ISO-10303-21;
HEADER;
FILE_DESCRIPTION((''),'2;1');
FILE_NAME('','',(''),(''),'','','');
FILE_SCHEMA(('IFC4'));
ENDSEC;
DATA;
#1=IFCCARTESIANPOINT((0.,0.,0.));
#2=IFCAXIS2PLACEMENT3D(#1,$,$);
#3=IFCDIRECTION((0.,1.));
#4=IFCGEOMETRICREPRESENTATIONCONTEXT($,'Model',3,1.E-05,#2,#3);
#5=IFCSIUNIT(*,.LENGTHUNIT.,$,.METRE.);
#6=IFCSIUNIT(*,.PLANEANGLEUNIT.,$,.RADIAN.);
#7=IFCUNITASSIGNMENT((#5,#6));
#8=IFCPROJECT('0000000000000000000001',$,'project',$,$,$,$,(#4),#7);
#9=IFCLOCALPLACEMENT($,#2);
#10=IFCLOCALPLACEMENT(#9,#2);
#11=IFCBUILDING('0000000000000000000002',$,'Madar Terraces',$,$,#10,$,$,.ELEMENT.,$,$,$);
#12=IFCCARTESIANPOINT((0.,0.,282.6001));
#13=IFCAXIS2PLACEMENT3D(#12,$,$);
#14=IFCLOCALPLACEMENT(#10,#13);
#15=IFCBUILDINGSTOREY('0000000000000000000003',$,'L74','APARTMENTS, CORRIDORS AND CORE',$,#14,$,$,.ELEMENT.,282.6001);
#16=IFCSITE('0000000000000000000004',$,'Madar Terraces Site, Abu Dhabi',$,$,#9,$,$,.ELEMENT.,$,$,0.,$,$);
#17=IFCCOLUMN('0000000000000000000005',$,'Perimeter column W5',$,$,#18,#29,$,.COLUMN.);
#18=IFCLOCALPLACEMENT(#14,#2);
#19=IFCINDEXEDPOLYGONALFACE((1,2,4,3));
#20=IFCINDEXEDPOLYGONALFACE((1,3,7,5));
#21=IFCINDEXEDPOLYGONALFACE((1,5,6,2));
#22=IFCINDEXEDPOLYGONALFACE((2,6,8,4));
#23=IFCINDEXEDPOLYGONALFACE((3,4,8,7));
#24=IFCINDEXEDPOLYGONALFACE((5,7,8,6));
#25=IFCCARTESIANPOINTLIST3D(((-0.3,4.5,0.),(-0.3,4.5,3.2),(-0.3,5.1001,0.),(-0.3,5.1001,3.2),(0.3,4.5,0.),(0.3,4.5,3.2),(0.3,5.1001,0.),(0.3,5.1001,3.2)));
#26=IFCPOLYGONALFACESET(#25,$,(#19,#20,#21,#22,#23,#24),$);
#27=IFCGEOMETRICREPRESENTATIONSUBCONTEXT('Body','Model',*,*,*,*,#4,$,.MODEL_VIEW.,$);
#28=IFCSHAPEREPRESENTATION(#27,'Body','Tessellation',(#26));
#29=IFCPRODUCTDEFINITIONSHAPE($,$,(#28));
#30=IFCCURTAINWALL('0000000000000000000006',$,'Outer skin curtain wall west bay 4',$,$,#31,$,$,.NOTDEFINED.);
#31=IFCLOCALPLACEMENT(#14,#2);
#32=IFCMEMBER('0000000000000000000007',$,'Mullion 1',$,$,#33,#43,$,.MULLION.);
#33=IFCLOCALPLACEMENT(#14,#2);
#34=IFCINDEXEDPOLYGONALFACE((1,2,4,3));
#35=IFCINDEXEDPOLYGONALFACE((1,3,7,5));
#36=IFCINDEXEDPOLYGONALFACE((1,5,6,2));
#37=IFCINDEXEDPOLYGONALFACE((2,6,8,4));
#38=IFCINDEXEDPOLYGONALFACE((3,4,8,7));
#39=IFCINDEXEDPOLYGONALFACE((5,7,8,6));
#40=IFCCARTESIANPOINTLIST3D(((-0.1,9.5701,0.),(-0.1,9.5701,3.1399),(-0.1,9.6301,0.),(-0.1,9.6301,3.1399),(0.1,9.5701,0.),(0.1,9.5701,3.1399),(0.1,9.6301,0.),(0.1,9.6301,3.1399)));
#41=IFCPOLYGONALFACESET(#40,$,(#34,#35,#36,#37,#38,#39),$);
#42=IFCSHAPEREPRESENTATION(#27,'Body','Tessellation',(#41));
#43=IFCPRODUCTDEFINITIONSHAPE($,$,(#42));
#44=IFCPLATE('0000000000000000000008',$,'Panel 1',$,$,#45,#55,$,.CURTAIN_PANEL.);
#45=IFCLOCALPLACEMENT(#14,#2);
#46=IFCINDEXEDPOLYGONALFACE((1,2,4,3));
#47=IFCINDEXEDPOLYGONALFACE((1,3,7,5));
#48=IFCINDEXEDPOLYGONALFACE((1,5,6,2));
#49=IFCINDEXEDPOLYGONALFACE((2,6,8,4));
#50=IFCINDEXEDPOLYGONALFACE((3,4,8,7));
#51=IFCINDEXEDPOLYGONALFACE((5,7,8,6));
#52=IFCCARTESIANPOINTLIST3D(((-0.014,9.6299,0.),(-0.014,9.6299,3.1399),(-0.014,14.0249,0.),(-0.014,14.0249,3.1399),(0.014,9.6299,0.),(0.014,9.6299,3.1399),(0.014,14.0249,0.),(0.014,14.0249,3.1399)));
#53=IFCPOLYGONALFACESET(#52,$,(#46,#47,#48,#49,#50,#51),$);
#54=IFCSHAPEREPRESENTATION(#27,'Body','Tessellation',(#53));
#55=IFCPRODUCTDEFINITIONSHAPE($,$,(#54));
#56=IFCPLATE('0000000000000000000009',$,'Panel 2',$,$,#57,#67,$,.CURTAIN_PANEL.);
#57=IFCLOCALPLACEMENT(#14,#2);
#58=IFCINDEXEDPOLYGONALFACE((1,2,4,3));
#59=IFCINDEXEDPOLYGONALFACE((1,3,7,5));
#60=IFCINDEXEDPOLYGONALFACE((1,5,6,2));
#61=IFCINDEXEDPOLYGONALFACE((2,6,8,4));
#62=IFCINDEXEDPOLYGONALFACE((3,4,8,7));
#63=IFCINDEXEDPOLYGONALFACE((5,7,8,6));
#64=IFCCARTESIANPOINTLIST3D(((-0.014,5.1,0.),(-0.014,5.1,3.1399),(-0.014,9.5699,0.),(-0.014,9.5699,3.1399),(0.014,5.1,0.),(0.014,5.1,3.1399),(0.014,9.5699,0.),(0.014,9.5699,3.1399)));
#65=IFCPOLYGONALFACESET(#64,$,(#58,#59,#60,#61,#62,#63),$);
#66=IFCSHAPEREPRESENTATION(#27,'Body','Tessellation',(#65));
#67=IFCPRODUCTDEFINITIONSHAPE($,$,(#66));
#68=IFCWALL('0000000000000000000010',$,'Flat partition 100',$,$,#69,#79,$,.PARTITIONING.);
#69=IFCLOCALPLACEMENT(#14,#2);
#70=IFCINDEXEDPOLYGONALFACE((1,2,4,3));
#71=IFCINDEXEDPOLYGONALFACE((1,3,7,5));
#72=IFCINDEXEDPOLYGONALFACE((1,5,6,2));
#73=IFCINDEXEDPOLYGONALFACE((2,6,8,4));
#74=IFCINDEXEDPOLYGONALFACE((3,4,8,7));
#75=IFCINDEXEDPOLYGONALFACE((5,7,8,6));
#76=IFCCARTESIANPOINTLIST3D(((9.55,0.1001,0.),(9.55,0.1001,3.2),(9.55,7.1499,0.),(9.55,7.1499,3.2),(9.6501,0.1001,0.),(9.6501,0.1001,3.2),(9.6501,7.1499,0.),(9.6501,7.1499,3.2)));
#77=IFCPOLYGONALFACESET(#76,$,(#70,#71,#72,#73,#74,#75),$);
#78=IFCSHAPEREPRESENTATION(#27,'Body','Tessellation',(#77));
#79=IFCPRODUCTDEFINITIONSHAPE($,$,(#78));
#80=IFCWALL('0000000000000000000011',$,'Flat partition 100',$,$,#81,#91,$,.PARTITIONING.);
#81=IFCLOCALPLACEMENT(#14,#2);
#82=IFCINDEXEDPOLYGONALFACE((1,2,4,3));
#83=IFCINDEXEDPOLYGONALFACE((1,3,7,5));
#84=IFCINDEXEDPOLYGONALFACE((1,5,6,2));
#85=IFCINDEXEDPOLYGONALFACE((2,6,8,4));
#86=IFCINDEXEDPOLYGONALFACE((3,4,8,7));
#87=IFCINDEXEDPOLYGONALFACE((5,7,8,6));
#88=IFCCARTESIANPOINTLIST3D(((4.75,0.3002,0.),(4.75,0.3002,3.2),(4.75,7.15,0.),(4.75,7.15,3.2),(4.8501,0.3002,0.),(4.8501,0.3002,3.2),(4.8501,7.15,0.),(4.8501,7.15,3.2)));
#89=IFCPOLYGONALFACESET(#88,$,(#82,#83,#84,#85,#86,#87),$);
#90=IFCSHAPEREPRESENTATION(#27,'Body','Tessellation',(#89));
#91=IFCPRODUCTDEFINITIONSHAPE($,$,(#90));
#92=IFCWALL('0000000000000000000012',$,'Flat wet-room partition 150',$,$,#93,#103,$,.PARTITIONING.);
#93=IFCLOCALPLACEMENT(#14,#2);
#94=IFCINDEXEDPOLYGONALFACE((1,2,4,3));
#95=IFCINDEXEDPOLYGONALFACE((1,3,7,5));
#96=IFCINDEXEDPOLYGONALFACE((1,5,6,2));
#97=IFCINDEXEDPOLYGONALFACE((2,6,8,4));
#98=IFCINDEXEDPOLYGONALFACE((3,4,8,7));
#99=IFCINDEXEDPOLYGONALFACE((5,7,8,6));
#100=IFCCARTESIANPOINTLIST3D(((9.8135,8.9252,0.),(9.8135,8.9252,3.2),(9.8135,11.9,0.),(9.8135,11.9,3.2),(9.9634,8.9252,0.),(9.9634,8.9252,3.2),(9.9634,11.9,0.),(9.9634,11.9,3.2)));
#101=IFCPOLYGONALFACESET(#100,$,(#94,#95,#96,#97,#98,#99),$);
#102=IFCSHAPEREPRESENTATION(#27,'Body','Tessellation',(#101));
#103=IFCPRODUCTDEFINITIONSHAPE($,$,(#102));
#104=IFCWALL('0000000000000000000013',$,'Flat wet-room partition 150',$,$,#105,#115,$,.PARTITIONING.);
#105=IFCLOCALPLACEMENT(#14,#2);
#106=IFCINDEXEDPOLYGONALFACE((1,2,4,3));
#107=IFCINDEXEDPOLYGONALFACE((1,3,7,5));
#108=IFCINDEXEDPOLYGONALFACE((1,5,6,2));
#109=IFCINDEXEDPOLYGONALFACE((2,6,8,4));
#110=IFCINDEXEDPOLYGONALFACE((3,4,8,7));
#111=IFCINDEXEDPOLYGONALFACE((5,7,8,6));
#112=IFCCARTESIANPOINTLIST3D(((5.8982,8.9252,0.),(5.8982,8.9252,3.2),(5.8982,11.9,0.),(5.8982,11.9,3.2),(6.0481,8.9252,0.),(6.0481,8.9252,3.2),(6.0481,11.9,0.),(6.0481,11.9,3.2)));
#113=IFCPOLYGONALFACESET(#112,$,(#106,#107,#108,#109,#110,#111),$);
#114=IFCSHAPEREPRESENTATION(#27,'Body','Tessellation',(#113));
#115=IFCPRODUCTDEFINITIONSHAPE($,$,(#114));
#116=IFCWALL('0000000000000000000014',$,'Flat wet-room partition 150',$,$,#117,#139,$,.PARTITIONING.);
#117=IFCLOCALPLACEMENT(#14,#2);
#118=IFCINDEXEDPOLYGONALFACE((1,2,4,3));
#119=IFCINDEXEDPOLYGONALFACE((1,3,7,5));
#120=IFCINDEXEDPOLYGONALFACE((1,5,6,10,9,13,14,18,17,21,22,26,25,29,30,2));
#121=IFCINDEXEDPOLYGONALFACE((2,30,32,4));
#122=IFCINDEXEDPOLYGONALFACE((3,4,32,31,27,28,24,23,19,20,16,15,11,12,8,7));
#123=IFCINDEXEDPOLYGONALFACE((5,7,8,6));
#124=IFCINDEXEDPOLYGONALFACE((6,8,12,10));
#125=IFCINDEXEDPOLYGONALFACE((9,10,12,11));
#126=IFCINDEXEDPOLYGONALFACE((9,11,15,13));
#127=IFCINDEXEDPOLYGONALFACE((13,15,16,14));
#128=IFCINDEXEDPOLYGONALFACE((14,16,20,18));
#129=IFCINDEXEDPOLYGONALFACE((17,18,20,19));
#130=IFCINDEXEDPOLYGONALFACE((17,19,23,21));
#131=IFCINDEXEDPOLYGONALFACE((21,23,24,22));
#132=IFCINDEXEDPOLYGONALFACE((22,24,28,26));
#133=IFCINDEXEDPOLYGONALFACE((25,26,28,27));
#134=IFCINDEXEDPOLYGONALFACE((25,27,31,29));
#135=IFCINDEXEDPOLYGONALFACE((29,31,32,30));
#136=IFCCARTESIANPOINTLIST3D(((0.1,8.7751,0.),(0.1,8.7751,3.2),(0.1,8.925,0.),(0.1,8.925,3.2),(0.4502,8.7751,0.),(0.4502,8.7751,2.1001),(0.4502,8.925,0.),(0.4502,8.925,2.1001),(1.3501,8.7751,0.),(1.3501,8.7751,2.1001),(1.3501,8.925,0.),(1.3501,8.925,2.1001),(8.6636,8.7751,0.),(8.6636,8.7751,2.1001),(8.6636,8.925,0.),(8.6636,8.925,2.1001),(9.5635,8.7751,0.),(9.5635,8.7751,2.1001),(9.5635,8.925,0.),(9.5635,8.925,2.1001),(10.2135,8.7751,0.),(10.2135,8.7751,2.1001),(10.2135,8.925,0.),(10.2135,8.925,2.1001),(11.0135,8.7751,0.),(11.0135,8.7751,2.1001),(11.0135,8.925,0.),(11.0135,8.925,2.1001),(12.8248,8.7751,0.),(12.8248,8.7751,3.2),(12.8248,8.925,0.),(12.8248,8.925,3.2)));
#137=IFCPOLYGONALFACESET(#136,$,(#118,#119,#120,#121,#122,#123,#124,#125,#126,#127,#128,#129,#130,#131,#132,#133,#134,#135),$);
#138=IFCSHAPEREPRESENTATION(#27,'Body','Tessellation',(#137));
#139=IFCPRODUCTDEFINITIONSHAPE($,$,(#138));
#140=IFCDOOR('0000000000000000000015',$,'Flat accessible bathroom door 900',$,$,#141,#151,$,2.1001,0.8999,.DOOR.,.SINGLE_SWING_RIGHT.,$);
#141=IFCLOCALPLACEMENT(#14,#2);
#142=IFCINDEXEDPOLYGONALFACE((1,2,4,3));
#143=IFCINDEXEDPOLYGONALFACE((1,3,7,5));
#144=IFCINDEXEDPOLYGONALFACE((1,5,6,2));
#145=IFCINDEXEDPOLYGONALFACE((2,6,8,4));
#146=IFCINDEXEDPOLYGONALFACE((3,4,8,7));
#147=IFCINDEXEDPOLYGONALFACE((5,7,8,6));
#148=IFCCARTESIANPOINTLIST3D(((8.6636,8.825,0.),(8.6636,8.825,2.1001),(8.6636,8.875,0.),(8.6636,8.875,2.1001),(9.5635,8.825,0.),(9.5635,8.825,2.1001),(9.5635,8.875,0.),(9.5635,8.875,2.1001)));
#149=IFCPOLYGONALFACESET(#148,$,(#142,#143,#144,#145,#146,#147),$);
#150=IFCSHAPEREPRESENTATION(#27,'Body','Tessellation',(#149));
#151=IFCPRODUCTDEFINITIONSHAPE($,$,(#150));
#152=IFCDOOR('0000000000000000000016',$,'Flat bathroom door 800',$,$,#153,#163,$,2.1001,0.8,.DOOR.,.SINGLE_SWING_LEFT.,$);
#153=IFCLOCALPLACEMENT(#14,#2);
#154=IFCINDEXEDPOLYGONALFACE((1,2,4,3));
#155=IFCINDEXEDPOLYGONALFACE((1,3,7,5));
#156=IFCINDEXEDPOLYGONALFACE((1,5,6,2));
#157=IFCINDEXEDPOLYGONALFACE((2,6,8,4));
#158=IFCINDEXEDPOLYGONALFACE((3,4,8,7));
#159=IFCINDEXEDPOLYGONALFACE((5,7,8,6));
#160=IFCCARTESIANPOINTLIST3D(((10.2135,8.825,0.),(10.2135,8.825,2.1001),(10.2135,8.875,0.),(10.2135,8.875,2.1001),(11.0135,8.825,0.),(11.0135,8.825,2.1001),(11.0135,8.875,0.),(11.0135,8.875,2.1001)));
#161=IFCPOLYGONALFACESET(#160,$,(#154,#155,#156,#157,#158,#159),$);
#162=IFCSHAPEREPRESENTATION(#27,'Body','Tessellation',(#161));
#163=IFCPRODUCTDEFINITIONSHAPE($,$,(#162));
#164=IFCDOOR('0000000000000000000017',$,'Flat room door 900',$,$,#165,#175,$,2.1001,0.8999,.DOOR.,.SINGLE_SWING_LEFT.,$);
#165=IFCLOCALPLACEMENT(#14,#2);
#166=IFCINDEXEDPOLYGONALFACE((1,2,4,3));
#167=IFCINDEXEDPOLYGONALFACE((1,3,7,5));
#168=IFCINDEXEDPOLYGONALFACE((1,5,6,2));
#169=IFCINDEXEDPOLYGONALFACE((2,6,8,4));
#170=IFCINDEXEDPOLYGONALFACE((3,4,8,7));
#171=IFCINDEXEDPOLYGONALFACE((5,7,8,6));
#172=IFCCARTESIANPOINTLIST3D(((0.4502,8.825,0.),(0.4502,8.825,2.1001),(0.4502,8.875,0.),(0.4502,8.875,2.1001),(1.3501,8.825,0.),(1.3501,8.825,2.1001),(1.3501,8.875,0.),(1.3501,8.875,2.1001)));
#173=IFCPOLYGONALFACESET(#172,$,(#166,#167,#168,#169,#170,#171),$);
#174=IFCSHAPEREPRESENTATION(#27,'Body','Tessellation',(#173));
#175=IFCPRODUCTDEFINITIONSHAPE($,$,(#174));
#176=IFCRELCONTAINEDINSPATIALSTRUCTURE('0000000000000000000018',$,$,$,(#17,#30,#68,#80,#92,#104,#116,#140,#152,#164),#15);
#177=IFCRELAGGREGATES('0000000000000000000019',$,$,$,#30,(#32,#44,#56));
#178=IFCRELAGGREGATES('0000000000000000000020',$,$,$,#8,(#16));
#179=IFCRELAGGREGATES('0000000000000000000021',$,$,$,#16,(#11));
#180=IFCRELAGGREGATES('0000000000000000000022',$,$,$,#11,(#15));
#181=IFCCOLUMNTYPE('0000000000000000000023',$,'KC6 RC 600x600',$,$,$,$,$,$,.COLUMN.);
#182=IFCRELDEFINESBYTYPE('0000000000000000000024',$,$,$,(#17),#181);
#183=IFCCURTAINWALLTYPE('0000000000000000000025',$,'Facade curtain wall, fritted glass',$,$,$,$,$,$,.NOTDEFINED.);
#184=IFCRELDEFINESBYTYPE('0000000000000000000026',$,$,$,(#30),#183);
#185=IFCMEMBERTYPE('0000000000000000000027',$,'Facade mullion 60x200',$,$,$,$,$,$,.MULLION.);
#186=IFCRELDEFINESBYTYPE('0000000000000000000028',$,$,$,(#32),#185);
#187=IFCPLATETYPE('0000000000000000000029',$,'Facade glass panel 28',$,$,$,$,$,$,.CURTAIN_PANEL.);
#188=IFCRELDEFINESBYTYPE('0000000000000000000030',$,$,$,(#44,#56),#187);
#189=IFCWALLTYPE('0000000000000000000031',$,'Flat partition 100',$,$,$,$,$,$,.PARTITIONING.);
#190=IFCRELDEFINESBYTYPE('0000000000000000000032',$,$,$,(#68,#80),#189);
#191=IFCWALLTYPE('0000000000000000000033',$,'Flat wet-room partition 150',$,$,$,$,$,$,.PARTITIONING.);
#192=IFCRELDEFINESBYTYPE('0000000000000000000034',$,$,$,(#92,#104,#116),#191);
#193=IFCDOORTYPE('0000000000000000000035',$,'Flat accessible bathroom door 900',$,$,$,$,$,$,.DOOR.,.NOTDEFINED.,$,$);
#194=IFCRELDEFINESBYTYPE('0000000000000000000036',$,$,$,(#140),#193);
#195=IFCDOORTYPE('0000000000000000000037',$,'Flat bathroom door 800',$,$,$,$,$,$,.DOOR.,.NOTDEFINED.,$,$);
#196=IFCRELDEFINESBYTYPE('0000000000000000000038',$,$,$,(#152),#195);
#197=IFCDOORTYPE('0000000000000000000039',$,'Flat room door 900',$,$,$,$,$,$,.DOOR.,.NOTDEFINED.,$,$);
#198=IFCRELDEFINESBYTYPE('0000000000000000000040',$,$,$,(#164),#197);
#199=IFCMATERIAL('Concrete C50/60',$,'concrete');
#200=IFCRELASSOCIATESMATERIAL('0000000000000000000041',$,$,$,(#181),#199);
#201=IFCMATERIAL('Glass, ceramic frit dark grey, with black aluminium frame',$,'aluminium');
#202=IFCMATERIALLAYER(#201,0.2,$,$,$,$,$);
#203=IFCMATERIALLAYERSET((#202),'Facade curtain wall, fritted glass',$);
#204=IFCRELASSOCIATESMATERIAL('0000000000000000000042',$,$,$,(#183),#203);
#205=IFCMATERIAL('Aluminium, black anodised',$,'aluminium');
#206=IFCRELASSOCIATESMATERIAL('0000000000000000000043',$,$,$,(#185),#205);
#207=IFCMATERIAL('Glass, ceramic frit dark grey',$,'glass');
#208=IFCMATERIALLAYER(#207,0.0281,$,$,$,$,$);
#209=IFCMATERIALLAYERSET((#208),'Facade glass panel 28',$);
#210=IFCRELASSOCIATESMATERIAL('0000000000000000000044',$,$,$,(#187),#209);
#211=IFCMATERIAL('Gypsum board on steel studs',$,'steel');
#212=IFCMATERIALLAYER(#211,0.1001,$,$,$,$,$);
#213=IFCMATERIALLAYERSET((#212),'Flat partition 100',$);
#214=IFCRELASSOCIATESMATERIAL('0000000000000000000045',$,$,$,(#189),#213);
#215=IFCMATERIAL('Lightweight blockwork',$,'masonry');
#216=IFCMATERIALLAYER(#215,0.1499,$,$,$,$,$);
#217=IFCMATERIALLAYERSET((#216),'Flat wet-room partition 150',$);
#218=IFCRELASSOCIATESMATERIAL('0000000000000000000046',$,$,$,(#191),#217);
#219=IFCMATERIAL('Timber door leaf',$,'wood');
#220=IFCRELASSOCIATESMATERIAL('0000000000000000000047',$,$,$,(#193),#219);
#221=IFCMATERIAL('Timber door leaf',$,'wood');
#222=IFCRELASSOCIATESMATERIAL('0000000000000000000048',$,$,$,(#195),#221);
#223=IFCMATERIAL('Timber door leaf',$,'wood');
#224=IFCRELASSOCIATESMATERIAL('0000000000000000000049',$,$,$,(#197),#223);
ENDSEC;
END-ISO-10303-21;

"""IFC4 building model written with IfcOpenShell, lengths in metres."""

from ifc_helpers import new_model, si_unit, direction, frame, frame_2d, origin, origin_2d, place, context, subcontext, project, spatial, rectangle, extrude, material, layer, layer_set, material_profile, profile_set, type_object, element, fill, aggregate, save


model = new_model("IFC4")

# Units and contexts
model_context = context("Model", 3, precision=1e-05, world=origin(), true_north=direction((0.0, 1.0)))
body_context = subcontext(model_context, "Body", "Model", "MODEL_VIEW")
ifc_project = project(units=[si_unit("LENGTHUNIT", "METRE"), si_unit("PLANEANGLEUNIT", "RADIAN")], contexts=[model_context])

# Site, building, storey
site_placement = place(None, origin())
site = spatial("IfcSite", under=ifc_project, at=site_placement, Name="Madar Terraces Site, Abu Dhabi", CompositionType="ELEMENT", RefElevation=0.0)
building_placement = place(site_placement, origin())
building = spatial("IfcBuilding", under=site, at=building_placement, Name="Madar Terraces", CompositionType="ELEMENT")
storey_placement = place(building_placement, frame((0.0, 0.0, 282.6001)))
storey = spatial("IfcBuildingStorey", under=building, at=storey_placement, Name="L74", Description="APARTMENTS, CORRIDORS AND CORE", CompositionType="ELEMENT", Elevation=282.6001)

# Column
ifc_material_1 = material(Name="Concrete C50/60", Category="concrete")
ifc_material_profile_1 = material_profile(ifc_material_1, rectangle(XDim=0.6001, YDim=0.6001, at=origin_2d()), Name="KC6 RC 600x600")
ifc_profile_set_1 = profile_set([ifc_material_profile_1], Name="Concrete C50/60")
column_type = type_object("IfcColumnType", Name="KC6 RC 600x600", PredefinedType="COLUMN", material=ifc_profile_set_1)
column_placement = place(storey_placement, frame((0.0, 4.8, 0.0), z_axis=(0.0, 0.0, 1.0), x_axis=(1.0, 0.0, 0.0)))
element("IfcColumn", 1, at=column_placement, inside=storey, type_object=column_type, Name="Perimeter column W5", PredefinedType="COLUMN", context=body_context, shape_type="SweptSolid", body=[
    extrude(rectangle(XDim=0.6001, YDim=0.6001, at=origin_2d()), origin(), (0.0, 0.0, 1.0), 3.2),
])

# Curtain wall, member, plates
ifc_material_2 = material(Name="Glass, ceramic frit dark grey, with black aluminium frame", Category="aluminium")
ifc_layer_1 = layer(ifc_material_2, 0.2)
ifc_layer_set_1 = layer_set([ifc_layer_1], Name="Facade curtain wall, fritted glass")
curtain_wall_type = type_object("IfcCurtainWallType", Name="Facade curtain wall, fritted glass", PredefinedType="NOTDEFINED", material=ifc_layer_set_1)
curtain_wall_placement = place(storey_placement, origin())
curtain_wall = element("IfcCurtainWall", 2, at=curtain_wall_placement, inside=storey, type_object=curtain_wall_type, Name="Outer skin curtain wall west bay 4", PredefinedType="NOTDEFINED")
ifc_material_3 = material(Name="Aluminium, black anodised", Category="aluminium")
ifc_material_profile_2 = material_profile(ifc_material_3, rectangle(XDim=0.2, YDim=0.0601, at=origin_2d()), Name="Facade mullion 60x200")
ifc_profile_set_2 = profile_set([ifc_material_profile_2], Name="Aluminium, black anodised")
member_type = type_object("IfcMemberType", Name="Facade mullion 60x200", PredefinedType="MULLION", material=ifc_profile_set_2)
member_placement = place(storey_placement, frame((0.0, 9.6001, 0.0), z_axis=(0.0, 0.0, 1.0), x_axis=(1.0, 0.0, 0.0)))
member = element("IfcMember", 3, at=member_placement, type_object=member_type, Name="Mullion 1", PredefinedType="MULLION", context=body_context, shape_type="SweptSolid", body=[
    extrude(rectangle(XDim=0.2, YDim=0.0601, at=origin_2d()), origin(), (0.0, 0.0, 1.0), 3.1399),
])
ifc_material_4 = material(Name="Glass, ceramic frit dark grey", Category="glass")
ifc_layer_2 = layer(ifc_material_4, 0.0281)
ifc_layer_set_2 = layer_set([ifc_layer_2], Name="Facade glass panel 28")
plate_type = type_object("IfcPlateType", Name="Facade glass panel 28", PredefinedType="CURTAIN_PANEL", material=ifc_layer_set_2)
plate_1_placement = place(storey_placement, frame((0.0, 11.8274, 0.0), z_axis=(0.0, 0.0, 1.0), x_axis=(0.0, -1.0, 0.0)))
plate_1 = element("IfcPlate", 4, at=plate_1_placement, type_object=plate_type, Name="Panel 1", PredefinedType="CURTAIN_PANEL", context=body_context, shape_type="SweptSolid", body=[
    extrude(rectangle(XDim=4.395, YDim=0.0281, at=origin_2d()), origin(), (0.0, 0.0, 1.0), 3.1399),
])
plate_2_placement = place(storey_placement, frame((0.0, 7.335, 0.0), z_axis=(0.0, 0.0, 1.0), x_axis=(0.0, -1.0, 0.0)))
plate_2 = element("IfcPlate", 5, at=plate_2_placement, type_object=plate_type, Name="Panel 2", PredefinedType="CURTAIN_PANEL", context=body_context, shape_type="SweptSolid", body=[
    extrude(rectangle(XDim=4.47, YDim=0.0281, at=origin_2d()), origin(), (0.0, 0.0, 1.0), 3.1399),
])
aggregate(curtain_wall, [member, plate_1, plate_2])

# Walls
ifc_material_5 = material(Name="Gypsum board on steel studs", Category="steel")
ifc_layer_3 = layer(ifc_material_5, 0.1001)
ifc_layer_set_3 = layer_set([ifc_layer_3], Name="Flat partition 100")
wall_type_1 = type_object("IfcWallType", Name="Flat partition 100", PredefinedType="PARTITIONING", material=ifc_layer_set_3)
wall_1_placement = place(storey_placement, frame((9.6001, 7.1499, 0.0), z_axis=(0.0, 0.0, 1.0), x_axis=(0.0, -1.0, 0.0)))
element("IfcWall", 6, at=wall_1_placement, inside=storey, type_object=wall_type_1, Name="Flat partition 100", PredefinedType="PARTITIONING", context=body_context, shape_type="SweptSolid", body=[
    extrude(rectangle(XDim=7.0498, YDim=0.1001, at=frame_2d((3.5249, 0.0))), origin(), (0.0, 0.0, 1.0), 3.2),
])
wall_2_placement = place(storey_placement, frame((4.8, 7.1499, 0.0), z_axis=(0.0, 0.0, 1.0), x_axis=(0.0, -1.0, 0.0)))
element("IfcWall", 7, at=wall_2_placement, inside=storey, type_object=wall_type_1, Name="Flat partition 100", PredefinedType="PARTITIONING", context=body_context, shape_type="SweptSolid", body=[
    extrude(rectangle(XDim=6.8499, YDim=0.1001, at=frame_2d((3.4248, 0.0))), origin(), (0.0, 0.0, 1.0), 3.2),
])
ifc_material_6 = material(Name="Lightweight blockwork", Category="masonry")
ifc_layer_4 = layer(ifc_material_6, 0.1499)
ifc_layer_set_4 = layer_set([ifc_layer_4], Name="Flat wet-room partition 150")
wall_type_2 = type_object("IfcWallType", Name="Flat wet-room partition 150", PredefinedType="PARTITIONING", material=ifc_layer_set_4)
for number, where, z_axis, x_axis, name in (
    (8, (9.8884, 11.8999, 0.0), (0.0, 0.0, 1.0), (0.0, -1.0, 0.0), "Flat wet-room partition 150"),
    (9, (5.9731, 11.8999, 0.0), (0.0, 0.0, 1.0), (0.0, -1.0, 0.0), "Flat wet-room partition 150"),
):
    element("IfcWall", number, at=place(storey_placement, frame(where, z_axis=z_axis, x_axis=x_axis)), inside=storey, type_object=wall_type_2, Name=name, PredefinedType="PARTITIONING", context=body_context, shape_type="SweptSolid", body=[
        extrude(rectangle(XDim=2.9749, YDim=0.1499, at=frame_2d((1.4873, 0.0))), origin(), (0.0, 0.0, 1.0), 3.2),
    ])

# Wall, openings, doors
wall_3_placement = place(storey_placement, frame((0.1001, 8.8501, 0.0), z_axis=(0.0, 0.0, 1.0), x_axis=(1.0, 0.0, 0.0)))
wall_3 = element("IfcWall", 10, at=wall_3_placement, inside=storey, type_object=wall_type_2, Name="Flat wet-room partition 150", PredefinedType="PARTITIONING", context=body_context, shape_type="SweptSolid", body=[
    extrude(rectangle(XDim=12.7249, YDim=0.1499, at=frame_2d((6.3623, 0.0))), origin(), (0.0, 0.0, 1.0), 3.2),
])
opening_1_placement = place(wall_3_placement, frame((10.1135, 0.0, 0.0)))
opening_1 = element("IfcOpeningElement", 11, at=opening_1_placement, cuts=wall_3, PredefinedType="OPENING", context=body_context, shape_type="SweptSolid", body=[
    extrude(rectangle(XDim=0.8, YDim=2.1001, at=frame_2d((0.3999, 1.05))), frame((0.0, 0.085, 0.0), z_axis=(0.0, -1.0, 0.0), x_axis=(1.0, 0.0, 0.0)), (0.0, 0.0, 1.0), 0.1699),
])
opening_2_placement = place(wall_3_placement, frame((8.5635, 0.0, 0.0)))
opening_2 = element("IfcOpeningElement", 12, at=opening_2_placement, cuts=wall_3, PredefinedType="OPENING", context=body_context, shape_type="SweptSolid", body=[
    extrude(rectangle(XDim=0.8999, YDim=2.1001, at=frame_2d((0.45, 1.05))), frame((0.0, 0.085, 0.0), z_axis=(0.0, -1.0, 0.0), x_axis=(1.0, 0.0, 0.0)), (0.0, 0.0, 1.0), 0.1699),
])
opening_3_placement = place(wall_3_placement, frame((0.3501, 0.0, 0.0)))
opening_3 = element("IfcOpeningElement", 13, at=opening_3_placement, cuts=wall_3, PredefinedType="OPENING", context=body_context, shape_type="SweptSolid", body=[
    extrude(rectangle(XDim=0.8999, YDim=2.1001, at=frame_2d((0.45, 1.05))), frame((0.0, 0.085, 0.0), z_axis=(0.0, -1.0, 0.0), x_axis=(1.0, 0.0, 0.0)), (0.0, 0.0, 1.0), 0.1699),
])
ifc_material_7 = material(Name="Timber door leaf", Category="wood")
door_type_1 = type_object("IfcDoorType", Name="Flat accessible bathroom door 900", OperationType="NOTDEFINED", PredefinedType="DOOR", material=ifc_material_7)
door_1_placement = place(opening_2_placement, origin())
door_1 = element("IfcDoor", 14, at=door_1_placement, inside=storey, type_object=door_type_1, Name="Flat accessible bathroom door 900", OperationType="SINGLE_SWING_RIGHT", OverallHeight=2.1001, OverallWidth=0.8999, PredefinedType="DOOR", context=body_context, shape_type="SweptSolid", body=[
    extrude(rectangle(XDim=0.8999, YDim=2.1001, at=frame_2d((0.45, 1.05))), frame((0.0, 0.0249, 0.0), z_axis=(0.0, -1.0, 0.0), x_axis=(1.0, 0.0, 0.0)), (0.0, 0.0, 1.0), 0.05),
])
fill(opening_2, door_1)
ifc_material_8 = material(Name="Timber door leaf", Category="wood")
door_type_2 = type_object("IfcDoorType", Name="Flat bathroom door 800", OperationType="NOTDEFINED", PredefinedType="DOOR", material=ifc_material_8)
door_2_placement = place(opening_1_placement, origin())
door_2 = element("IfcDoor", 15, at=door_2_placement, inside=storey, type_object=door_type_2, Name="Flat bathroom door 800", OperationType="SINGLE_SWING_LEFT", OverallHeight=2.1001, OverallWidth=0.8, PredefinedType="DOOR", context=body_context, shape_type="SweptSolid", body=[
    extrude(rectangle(XDim=0.8, YDim=2.1001, at=frame_2d((0.3999, 1.05))), frame((0.0, 0.0249, 0.0), z_axis=(0.0, -1.0, 0.0), x_axis=(1.0, 0.0, 0.0)), (0.0, 0.0, 1.0), 0.05),
])
fill(opening_1, door_2)
ifc_material_9 = material(Name="Timber door leaf", Category="wood")
door_type_3 = type_object("IfcDoorType", Name="Flat room door 900", OperationType="NOTDEFINED", PredefinedType="DOOR", material=ifc_material_9)
door_3_placement = place(opening_3_placement, origin())
door_3 = element("IfcDoor", 16, at=door_3_placement, inside=storey, type_object=door_type_3, Name="Flat room door 900", OperationType="SINGLE_SWING_LEFT", OverallHeight=2.1001, OverallWidth=0.8999, PredefinedType="DOOR", context=body_context, shape_type="SweptSolid", body=[
    extrude(rectangle(XDim=0.8999, YDim=2.1001, at=frame_2d((0.45, 1.05))), frame((0.0, 0.0249, 0.0), z_axis=(0.0, -1.0, 0.0), x_axis=(1.0, 0.0, 0.0)), (0.0, 0.0, 1.0), 0.05),
])
fill(opening_3, door_3)

save(model, "model.ifc")
